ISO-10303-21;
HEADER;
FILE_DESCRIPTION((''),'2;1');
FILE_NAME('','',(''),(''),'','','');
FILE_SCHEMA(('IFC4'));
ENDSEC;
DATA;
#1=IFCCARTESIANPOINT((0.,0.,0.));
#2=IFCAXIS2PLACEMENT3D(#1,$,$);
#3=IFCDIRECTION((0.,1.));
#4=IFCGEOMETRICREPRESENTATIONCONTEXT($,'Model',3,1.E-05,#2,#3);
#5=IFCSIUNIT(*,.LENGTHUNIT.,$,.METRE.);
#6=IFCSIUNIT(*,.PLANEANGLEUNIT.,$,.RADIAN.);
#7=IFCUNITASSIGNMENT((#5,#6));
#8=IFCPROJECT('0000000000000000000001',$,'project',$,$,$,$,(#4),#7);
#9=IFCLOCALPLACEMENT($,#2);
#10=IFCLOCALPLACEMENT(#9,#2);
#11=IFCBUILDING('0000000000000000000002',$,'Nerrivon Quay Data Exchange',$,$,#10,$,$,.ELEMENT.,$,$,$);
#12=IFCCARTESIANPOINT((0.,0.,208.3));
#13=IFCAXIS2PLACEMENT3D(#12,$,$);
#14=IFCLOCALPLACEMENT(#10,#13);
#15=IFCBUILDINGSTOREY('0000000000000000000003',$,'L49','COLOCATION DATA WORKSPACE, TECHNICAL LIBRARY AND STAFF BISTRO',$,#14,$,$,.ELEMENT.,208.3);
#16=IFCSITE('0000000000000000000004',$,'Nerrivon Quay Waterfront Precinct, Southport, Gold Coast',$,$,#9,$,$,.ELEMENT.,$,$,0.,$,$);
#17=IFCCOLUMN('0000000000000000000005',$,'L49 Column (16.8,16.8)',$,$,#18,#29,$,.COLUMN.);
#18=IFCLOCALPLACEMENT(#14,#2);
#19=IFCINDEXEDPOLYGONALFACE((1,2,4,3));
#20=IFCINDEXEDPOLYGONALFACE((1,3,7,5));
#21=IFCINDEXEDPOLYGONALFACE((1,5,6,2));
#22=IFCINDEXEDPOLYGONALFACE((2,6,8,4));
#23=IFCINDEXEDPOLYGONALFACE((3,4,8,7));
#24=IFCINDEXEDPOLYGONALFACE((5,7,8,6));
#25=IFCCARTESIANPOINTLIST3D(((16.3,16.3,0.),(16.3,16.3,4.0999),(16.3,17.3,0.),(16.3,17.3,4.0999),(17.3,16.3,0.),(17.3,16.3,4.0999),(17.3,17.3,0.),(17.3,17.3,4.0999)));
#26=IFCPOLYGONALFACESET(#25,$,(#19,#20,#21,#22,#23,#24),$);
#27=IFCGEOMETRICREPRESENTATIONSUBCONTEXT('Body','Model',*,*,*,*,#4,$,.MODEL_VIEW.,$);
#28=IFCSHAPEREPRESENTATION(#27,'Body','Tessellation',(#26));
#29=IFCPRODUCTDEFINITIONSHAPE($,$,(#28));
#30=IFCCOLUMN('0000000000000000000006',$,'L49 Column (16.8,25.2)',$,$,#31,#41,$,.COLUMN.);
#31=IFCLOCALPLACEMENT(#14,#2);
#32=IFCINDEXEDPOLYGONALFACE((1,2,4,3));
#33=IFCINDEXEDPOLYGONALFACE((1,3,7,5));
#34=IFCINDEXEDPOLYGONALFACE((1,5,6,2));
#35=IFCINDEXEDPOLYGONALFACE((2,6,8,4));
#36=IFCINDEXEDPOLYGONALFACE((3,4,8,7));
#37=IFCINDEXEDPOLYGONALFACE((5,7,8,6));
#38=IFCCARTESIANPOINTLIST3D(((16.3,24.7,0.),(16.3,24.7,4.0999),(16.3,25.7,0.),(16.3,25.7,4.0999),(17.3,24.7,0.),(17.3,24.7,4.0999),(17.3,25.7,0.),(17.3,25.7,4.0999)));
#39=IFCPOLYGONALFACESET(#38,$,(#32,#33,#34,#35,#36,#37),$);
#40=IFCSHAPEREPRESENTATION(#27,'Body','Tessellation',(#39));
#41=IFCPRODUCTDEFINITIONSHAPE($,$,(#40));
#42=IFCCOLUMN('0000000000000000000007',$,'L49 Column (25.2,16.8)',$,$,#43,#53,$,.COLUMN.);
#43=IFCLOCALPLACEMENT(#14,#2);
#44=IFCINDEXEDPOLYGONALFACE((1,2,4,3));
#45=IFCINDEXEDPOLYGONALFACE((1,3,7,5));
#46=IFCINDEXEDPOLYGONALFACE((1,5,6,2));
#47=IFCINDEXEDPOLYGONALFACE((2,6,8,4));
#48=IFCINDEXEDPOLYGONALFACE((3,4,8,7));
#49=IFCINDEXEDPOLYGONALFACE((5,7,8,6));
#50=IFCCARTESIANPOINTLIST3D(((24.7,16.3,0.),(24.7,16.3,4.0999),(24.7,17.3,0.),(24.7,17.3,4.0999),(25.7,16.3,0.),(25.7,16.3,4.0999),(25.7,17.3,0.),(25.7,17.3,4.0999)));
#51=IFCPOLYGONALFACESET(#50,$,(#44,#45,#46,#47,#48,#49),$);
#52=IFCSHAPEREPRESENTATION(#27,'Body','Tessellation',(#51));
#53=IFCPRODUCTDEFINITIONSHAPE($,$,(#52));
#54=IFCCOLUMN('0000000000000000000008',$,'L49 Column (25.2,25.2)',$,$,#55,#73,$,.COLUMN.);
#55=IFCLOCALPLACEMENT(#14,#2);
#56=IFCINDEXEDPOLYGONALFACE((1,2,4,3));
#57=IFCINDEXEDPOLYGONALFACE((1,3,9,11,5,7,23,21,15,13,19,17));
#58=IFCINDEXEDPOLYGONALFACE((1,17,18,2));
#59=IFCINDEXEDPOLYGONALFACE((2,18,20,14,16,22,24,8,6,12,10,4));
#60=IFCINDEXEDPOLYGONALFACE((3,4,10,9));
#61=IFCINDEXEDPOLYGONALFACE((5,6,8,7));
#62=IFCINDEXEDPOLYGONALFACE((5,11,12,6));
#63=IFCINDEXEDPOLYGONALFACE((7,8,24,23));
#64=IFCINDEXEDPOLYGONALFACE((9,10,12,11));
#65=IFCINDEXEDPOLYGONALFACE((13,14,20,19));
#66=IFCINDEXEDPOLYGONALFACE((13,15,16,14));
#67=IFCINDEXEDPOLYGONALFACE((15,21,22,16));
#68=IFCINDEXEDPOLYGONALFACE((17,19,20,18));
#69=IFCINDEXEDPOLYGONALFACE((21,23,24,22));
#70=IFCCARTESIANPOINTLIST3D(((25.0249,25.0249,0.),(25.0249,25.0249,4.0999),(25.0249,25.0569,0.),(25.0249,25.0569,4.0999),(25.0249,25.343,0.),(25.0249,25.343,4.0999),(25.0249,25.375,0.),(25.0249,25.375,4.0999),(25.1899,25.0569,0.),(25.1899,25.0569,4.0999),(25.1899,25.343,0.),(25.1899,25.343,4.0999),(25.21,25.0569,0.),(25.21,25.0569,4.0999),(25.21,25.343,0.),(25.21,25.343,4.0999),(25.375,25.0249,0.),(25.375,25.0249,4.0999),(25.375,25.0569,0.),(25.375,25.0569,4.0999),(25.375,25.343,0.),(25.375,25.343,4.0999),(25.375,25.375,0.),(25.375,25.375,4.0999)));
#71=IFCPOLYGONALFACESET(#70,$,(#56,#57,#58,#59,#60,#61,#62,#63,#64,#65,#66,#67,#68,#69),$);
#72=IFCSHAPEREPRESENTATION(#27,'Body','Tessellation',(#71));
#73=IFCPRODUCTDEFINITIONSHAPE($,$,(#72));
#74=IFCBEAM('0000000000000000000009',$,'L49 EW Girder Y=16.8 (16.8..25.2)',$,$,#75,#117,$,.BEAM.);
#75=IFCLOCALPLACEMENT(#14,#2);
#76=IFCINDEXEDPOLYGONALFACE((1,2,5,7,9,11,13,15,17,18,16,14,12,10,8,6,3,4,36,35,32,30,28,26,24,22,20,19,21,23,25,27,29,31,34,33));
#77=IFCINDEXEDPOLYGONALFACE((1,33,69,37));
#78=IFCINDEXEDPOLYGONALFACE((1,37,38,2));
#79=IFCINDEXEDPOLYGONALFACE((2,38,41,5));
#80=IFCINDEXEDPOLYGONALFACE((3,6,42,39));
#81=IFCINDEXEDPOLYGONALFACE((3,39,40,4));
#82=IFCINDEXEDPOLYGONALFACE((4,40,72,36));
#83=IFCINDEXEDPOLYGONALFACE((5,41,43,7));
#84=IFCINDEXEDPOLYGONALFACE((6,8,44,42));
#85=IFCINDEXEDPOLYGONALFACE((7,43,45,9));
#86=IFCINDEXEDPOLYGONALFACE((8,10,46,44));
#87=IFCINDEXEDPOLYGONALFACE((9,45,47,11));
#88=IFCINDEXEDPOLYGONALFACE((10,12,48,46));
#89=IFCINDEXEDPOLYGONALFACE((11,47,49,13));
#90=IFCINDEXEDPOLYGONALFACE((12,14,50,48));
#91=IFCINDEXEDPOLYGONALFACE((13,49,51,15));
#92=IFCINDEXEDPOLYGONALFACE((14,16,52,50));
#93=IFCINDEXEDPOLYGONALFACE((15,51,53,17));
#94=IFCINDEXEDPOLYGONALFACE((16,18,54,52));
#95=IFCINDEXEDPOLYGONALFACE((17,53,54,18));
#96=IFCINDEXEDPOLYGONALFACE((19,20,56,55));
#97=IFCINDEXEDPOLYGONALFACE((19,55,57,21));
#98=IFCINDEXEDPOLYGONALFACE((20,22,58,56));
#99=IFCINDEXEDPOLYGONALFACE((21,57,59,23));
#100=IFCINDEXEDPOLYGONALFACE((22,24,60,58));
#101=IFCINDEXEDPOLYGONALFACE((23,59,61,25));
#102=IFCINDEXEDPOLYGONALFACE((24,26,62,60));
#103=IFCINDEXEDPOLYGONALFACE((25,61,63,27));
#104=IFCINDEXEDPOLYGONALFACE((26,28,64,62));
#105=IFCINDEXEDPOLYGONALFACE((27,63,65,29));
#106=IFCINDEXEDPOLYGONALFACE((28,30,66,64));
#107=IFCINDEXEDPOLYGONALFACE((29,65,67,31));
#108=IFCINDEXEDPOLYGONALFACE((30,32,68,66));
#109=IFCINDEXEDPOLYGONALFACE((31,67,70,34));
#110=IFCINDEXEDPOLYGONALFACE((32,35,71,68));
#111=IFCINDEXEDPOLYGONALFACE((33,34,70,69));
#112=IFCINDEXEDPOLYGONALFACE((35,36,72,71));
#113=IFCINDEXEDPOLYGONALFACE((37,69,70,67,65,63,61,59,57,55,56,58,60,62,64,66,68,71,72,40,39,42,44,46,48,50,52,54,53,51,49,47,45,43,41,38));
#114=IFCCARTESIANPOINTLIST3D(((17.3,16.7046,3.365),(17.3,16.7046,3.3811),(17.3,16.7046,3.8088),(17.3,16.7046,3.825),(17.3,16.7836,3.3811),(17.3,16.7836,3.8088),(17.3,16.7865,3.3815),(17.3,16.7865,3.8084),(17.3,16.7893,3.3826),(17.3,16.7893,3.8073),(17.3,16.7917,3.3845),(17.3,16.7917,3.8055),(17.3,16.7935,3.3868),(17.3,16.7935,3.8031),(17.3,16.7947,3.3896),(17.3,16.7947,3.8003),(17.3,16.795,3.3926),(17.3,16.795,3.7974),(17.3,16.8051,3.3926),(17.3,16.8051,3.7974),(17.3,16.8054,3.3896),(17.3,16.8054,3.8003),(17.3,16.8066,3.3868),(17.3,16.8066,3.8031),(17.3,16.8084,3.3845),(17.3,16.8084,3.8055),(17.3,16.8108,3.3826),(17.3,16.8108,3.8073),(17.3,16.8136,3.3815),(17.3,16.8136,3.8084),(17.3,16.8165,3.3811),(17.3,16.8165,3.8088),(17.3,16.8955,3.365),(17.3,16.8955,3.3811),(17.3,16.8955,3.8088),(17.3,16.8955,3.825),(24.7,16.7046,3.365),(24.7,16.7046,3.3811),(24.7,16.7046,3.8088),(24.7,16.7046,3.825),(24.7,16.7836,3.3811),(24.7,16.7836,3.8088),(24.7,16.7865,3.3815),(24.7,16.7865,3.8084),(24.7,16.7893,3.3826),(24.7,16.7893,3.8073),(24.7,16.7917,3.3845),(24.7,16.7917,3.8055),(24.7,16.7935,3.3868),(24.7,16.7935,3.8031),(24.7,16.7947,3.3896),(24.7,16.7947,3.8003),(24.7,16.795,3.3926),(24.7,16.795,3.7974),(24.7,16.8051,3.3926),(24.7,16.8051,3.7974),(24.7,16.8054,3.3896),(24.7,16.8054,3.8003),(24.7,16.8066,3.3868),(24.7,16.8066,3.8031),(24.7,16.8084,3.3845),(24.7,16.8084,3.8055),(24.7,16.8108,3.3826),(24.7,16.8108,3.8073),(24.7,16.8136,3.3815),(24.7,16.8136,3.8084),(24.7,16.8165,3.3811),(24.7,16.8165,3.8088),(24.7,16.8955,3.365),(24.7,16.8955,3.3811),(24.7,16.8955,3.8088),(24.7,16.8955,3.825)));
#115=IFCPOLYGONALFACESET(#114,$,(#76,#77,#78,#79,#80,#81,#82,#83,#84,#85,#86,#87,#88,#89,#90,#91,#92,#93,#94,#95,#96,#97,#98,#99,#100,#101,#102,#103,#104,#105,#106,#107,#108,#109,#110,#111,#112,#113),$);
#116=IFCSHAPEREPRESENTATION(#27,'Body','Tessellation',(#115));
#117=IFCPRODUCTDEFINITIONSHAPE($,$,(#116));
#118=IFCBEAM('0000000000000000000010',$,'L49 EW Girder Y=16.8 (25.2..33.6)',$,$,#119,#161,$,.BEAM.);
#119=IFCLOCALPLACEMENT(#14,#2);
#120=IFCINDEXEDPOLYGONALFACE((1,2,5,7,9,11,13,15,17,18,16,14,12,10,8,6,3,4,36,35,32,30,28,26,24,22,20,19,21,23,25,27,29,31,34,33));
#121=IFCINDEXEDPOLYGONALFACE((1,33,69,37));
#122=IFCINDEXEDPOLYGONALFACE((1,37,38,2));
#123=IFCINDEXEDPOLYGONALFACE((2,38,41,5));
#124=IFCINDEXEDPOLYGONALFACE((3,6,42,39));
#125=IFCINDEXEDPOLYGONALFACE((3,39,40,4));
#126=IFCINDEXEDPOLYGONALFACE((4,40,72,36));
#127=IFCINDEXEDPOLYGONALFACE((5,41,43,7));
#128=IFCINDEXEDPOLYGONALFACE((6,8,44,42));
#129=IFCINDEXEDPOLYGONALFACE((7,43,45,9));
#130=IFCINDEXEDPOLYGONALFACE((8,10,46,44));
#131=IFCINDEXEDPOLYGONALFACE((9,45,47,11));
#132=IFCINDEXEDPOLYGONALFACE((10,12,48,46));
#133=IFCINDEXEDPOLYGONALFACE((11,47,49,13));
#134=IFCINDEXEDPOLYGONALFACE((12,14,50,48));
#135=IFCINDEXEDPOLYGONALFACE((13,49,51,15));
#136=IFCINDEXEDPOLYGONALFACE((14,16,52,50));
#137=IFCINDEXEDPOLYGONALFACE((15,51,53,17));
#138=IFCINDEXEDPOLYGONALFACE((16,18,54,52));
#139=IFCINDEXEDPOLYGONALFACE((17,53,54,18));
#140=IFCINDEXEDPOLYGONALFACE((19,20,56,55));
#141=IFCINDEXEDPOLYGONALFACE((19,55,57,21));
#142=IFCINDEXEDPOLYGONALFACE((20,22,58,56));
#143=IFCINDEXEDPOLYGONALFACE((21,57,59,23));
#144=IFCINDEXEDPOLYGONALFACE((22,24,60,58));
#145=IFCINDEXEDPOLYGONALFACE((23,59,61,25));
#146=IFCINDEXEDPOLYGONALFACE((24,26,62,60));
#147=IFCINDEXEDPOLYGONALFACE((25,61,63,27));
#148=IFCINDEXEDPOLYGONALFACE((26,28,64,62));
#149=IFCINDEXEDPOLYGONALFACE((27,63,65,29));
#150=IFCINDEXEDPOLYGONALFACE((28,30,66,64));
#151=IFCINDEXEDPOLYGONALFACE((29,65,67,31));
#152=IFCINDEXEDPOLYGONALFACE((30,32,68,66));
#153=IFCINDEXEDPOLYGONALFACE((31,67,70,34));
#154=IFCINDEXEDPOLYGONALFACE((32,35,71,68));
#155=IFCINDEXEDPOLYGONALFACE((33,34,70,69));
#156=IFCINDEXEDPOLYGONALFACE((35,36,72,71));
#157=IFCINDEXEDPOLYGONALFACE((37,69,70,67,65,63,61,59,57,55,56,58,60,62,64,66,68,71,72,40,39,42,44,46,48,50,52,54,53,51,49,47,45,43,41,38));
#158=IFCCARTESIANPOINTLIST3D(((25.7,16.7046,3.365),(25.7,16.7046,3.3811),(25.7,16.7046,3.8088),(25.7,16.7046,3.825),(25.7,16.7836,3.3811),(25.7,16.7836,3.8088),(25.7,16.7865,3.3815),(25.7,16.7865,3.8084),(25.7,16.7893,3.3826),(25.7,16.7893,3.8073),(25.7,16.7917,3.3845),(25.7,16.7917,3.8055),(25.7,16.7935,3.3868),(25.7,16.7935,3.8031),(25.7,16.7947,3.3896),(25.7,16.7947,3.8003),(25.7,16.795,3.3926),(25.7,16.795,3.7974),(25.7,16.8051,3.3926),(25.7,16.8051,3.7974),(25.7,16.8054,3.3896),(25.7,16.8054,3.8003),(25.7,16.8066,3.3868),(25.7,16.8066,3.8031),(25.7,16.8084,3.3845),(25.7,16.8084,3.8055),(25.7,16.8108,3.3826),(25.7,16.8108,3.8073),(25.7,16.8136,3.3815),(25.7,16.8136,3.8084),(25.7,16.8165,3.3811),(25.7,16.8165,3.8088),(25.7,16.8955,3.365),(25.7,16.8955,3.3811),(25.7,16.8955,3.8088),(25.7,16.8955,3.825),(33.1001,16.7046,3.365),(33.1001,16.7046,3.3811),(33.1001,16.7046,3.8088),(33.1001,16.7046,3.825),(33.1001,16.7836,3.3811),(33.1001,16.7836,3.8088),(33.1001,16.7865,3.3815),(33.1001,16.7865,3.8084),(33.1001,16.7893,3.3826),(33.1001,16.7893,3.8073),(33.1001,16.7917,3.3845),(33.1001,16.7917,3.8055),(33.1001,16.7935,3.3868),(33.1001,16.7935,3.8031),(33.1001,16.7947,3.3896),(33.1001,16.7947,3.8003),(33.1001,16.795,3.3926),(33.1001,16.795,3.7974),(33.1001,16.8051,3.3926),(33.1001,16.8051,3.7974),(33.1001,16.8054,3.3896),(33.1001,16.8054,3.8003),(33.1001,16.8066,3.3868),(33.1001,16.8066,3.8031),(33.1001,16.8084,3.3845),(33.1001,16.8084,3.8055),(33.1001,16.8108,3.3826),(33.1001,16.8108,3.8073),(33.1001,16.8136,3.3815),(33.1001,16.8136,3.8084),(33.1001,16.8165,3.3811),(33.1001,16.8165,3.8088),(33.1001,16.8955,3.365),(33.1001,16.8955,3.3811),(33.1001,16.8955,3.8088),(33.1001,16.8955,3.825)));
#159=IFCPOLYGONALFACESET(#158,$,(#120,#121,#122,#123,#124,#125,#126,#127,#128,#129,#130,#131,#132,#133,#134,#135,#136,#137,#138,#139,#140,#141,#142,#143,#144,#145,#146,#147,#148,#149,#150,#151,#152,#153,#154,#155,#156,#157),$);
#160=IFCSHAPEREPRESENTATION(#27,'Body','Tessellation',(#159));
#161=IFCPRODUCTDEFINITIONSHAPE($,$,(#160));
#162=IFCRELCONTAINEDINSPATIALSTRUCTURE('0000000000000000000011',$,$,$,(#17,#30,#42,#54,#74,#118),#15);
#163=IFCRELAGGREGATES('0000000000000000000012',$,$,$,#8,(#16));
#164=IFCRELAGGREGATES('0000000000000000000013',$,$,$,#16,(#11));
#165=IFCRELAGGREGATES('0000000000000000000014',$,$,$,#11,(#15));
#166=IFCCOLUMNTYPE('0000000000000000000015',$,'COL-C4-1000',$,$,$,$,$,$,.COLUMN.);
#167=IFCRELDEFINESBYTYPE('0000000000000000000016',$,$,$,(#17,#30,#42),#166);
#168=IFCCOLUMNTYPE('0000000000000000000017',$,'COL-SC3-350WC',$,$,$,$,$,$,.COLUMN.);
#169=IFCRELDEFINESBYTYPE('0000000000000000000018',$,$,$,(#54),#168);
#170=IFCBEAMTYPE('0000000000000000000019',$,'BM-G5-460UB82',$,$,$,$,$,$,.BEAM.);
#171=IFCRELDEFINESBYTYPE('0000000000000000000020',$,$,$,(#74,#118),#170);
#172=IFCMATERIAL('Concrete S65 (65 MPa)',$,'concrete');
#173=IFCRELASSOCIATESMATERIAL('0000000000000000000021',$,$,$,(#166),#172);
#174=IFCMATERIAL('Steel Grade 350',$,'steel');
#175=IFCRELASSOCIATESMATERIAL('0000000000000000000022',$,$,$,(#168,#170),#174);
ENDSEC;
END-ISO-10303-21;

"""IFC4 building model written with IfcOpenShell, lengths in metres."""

from ifc_helpers import new_model, si_unit, direction, frame, origin, origin_2d, place, context, subcontext, project, spatial, rectangle, i_section, extrude, material, material_profile, profile_set, type_object, element, save


model = new_model("IFC4")

# Units and contexts
model_context = context("Model", 3, precision=1e-05, world=origin(), true_north=direction((0.0, 1.0)))
body_context = subcontext(model_context, "Body", "Model", "MODEL_VIEW")
ifc_project = project(units=[si_unit("LENGTHUNIT", "METRE"), si_unit("PLANEANGLEUNIT", "RADIAN")], contexts=[model_context])

# Site, building, storey
site_placement = place(None, origin())
site = spatial("IfcSite", under=ifc_project, at=site_placement, Name="Nerrivon Quay Waterfront Precinct, Southport, Gold Coast", CompositionType="ELEMENT", RefElevation=0.0)
building_placement = place(site_placement, origin())
building = spatial("IfcBuilding", under=site, at=building_placement, Name="Nerrivon Quay Data Exchange", CompositionType="ELEMENT")
storey_placement = place(building_placement, frame((0.0, 0.0, 208.3)))
storey = spatial("IfcBuildingStorey", under=building, at=storey_placement, Name="L49", Description="COLOCATION DATA WORKSPACE, TECHNICAL LIBRARY AND STAFF BISTRO", CompositionType="ELEMENT", Elevation=208.3)

# Columns
ifc_material_1 = material(Name="Concrete S65 (65 MPa)", Category="concrete")
ifc_material_profile_1 = material_profile(ifc_material_1, rectangle(XDim=1.0, YDim=1.0, at=origin_2d()), Name="RC-COL-1000x1000")
ifc_profile_set_1 = profile_set([ifc_material_profile_1], Name="Concrete S65 (65 MPa)")
column_type_1 = type_object("IfcColumnType", Name="COL-C4-1000", PredefinedType="COLUMN", material=ifc_profile_set_1)
for number, where, z_axis, x_axis, name in (
    (1, (16.8, 16.8, 0.0), (0.0, 0.0, 1.0), (1.0, 0.0, 0.0), "L49 Column (16.8,16.8)"),
    (2, (16.8, 25.2, 0.0), (0.0, 0.0, 1.0), (1.0, 0.0, 0.0), "L49 Column (16.8,25.2)"),
    (3, (25.2, 16.8, 0.0), (0.0, 0.0, 1.0), (1.0, 0.0, 0.0), "L49 Column (25.2,16.8)"),
):
    element("IfcColumn", number, at=place(storey_placement, frame(where, z_axis=z_axis, x_axis=x_axis)), inside=storey, type_object=column_type_1, Name=name, PredefinedType="COLUMN", context=body_context, shape_type="SweptSolid", body=[
        extrude(rectangle(XDim=1.0, YDim=1.0, at=origin_2d()), origin(), (0.0, 0.0, 1.0), 4.0999),
    ])
ifc_material_2 = material(Name="Steel Grade 350", Category="steel")
ifc_material_profile_2 = material_profile(ifc_material_2, i_section(OverallWidth=0.3501, OverallDepth=0.3501, WebThickness=0.02, FlangeThickness=0.032, at=origin_2d()), Name="350WC230")
ifc_profile_set_2 = profile_set([ifc_material_profile_2], Name="Steel Grade 350")
column_type_2 = type_object("IfcColumnType", Name="COL-SC3-350WC", PredefinedType="COLUMN", material=ifc_profile_set_2)
column_placement = place(storey_placement, frame((25.2, 25.2, 0.0), z_axis=(0.0, 0.0, 1.0), x_axis=(1.0, 0.0, 0.0)))
element("IfcColumn", 4, at=column_placement, inside=storey, type_object=column_type_2, Name="L49 Column (25.2,25.2)", PredefinedType="COLUMN", context=body_context, shape_type="SweptSolid", body=[
    extrude(i_section(OverallWidth=0.3501, OverallDepth=0.3501, WebThickness=0.02, FlangeThickness=0.032, at=origin_2d()), origin(), (0.0, 0.0, 1.0), 4.0999),
])

# Beams
ifc_material_profile_3 = material_profile(ifc_material_2, i_section(OverallWidth=0.1909, OverallDepth=0.46, WebThickness=0.01, FlangeThickness=0.0161, FilletRadius=0.0115, at=origin_2d()), Name="460UB82.1")
ifc_profile_set_3 = profile_set([ifc_material_profile_3], Name="Steel Grade 350")
beam_type_1 = type_object("IfcBeamType", Name="BM-G5-460UB82", PredefinedType="BEAM", material=ifc_profile_set_3)
beam_1_placement = place(storey_placement, frame((17.3, 16.8, 3.595), z_axis=(1.0, 0.0, 0.0), x_axis=(0.0, 1.0, 0.0)))
element("IfcBeam", 5, at=beam_1_placement, inside=storey, type_object=beam_type_1, Name="L49 EW Girder Y=16.8 (16.8..25.2)", PredefinedType="BEAM", context=body_context, shape_type="SweptSolid", body=[
    extrude(i_section(OverallWidth=0.1909, OverallDepth=0.46, WebThickness=0.01, FlangeThickness=0.0161, FilletRadius=0.0115, at=origin_2d()), origin(), (0.0, 0.0, 1.0), 7.3999),
])
beam_2_placement = place(storey_placement, frame((25.7, 16.8, 3.595), z_axis=(1.0, 0.0, 0.0), x_axis=(0.0, 1.0, 0.0)))
element("IfcBeam", 6, at=beam_2_placement, inside=storey, type_object=beam_type_1, Name="L49 EW Girder Y=16.8 (25.2..33.6)", PredefinedType="BEAM", context=body_context, shape_type="SweptSolid", body=[
    extrude(i_section(OverallWidth=0.1909, OverallDepth=0.46, WebThickness=0.01, FlangeThickness=0.0161, FilletRadius=0.0115, at=origin_2d()), origin(), (0.0, 0.0, 1.0), 7.4001),
])

save(model, "model.ifc")
